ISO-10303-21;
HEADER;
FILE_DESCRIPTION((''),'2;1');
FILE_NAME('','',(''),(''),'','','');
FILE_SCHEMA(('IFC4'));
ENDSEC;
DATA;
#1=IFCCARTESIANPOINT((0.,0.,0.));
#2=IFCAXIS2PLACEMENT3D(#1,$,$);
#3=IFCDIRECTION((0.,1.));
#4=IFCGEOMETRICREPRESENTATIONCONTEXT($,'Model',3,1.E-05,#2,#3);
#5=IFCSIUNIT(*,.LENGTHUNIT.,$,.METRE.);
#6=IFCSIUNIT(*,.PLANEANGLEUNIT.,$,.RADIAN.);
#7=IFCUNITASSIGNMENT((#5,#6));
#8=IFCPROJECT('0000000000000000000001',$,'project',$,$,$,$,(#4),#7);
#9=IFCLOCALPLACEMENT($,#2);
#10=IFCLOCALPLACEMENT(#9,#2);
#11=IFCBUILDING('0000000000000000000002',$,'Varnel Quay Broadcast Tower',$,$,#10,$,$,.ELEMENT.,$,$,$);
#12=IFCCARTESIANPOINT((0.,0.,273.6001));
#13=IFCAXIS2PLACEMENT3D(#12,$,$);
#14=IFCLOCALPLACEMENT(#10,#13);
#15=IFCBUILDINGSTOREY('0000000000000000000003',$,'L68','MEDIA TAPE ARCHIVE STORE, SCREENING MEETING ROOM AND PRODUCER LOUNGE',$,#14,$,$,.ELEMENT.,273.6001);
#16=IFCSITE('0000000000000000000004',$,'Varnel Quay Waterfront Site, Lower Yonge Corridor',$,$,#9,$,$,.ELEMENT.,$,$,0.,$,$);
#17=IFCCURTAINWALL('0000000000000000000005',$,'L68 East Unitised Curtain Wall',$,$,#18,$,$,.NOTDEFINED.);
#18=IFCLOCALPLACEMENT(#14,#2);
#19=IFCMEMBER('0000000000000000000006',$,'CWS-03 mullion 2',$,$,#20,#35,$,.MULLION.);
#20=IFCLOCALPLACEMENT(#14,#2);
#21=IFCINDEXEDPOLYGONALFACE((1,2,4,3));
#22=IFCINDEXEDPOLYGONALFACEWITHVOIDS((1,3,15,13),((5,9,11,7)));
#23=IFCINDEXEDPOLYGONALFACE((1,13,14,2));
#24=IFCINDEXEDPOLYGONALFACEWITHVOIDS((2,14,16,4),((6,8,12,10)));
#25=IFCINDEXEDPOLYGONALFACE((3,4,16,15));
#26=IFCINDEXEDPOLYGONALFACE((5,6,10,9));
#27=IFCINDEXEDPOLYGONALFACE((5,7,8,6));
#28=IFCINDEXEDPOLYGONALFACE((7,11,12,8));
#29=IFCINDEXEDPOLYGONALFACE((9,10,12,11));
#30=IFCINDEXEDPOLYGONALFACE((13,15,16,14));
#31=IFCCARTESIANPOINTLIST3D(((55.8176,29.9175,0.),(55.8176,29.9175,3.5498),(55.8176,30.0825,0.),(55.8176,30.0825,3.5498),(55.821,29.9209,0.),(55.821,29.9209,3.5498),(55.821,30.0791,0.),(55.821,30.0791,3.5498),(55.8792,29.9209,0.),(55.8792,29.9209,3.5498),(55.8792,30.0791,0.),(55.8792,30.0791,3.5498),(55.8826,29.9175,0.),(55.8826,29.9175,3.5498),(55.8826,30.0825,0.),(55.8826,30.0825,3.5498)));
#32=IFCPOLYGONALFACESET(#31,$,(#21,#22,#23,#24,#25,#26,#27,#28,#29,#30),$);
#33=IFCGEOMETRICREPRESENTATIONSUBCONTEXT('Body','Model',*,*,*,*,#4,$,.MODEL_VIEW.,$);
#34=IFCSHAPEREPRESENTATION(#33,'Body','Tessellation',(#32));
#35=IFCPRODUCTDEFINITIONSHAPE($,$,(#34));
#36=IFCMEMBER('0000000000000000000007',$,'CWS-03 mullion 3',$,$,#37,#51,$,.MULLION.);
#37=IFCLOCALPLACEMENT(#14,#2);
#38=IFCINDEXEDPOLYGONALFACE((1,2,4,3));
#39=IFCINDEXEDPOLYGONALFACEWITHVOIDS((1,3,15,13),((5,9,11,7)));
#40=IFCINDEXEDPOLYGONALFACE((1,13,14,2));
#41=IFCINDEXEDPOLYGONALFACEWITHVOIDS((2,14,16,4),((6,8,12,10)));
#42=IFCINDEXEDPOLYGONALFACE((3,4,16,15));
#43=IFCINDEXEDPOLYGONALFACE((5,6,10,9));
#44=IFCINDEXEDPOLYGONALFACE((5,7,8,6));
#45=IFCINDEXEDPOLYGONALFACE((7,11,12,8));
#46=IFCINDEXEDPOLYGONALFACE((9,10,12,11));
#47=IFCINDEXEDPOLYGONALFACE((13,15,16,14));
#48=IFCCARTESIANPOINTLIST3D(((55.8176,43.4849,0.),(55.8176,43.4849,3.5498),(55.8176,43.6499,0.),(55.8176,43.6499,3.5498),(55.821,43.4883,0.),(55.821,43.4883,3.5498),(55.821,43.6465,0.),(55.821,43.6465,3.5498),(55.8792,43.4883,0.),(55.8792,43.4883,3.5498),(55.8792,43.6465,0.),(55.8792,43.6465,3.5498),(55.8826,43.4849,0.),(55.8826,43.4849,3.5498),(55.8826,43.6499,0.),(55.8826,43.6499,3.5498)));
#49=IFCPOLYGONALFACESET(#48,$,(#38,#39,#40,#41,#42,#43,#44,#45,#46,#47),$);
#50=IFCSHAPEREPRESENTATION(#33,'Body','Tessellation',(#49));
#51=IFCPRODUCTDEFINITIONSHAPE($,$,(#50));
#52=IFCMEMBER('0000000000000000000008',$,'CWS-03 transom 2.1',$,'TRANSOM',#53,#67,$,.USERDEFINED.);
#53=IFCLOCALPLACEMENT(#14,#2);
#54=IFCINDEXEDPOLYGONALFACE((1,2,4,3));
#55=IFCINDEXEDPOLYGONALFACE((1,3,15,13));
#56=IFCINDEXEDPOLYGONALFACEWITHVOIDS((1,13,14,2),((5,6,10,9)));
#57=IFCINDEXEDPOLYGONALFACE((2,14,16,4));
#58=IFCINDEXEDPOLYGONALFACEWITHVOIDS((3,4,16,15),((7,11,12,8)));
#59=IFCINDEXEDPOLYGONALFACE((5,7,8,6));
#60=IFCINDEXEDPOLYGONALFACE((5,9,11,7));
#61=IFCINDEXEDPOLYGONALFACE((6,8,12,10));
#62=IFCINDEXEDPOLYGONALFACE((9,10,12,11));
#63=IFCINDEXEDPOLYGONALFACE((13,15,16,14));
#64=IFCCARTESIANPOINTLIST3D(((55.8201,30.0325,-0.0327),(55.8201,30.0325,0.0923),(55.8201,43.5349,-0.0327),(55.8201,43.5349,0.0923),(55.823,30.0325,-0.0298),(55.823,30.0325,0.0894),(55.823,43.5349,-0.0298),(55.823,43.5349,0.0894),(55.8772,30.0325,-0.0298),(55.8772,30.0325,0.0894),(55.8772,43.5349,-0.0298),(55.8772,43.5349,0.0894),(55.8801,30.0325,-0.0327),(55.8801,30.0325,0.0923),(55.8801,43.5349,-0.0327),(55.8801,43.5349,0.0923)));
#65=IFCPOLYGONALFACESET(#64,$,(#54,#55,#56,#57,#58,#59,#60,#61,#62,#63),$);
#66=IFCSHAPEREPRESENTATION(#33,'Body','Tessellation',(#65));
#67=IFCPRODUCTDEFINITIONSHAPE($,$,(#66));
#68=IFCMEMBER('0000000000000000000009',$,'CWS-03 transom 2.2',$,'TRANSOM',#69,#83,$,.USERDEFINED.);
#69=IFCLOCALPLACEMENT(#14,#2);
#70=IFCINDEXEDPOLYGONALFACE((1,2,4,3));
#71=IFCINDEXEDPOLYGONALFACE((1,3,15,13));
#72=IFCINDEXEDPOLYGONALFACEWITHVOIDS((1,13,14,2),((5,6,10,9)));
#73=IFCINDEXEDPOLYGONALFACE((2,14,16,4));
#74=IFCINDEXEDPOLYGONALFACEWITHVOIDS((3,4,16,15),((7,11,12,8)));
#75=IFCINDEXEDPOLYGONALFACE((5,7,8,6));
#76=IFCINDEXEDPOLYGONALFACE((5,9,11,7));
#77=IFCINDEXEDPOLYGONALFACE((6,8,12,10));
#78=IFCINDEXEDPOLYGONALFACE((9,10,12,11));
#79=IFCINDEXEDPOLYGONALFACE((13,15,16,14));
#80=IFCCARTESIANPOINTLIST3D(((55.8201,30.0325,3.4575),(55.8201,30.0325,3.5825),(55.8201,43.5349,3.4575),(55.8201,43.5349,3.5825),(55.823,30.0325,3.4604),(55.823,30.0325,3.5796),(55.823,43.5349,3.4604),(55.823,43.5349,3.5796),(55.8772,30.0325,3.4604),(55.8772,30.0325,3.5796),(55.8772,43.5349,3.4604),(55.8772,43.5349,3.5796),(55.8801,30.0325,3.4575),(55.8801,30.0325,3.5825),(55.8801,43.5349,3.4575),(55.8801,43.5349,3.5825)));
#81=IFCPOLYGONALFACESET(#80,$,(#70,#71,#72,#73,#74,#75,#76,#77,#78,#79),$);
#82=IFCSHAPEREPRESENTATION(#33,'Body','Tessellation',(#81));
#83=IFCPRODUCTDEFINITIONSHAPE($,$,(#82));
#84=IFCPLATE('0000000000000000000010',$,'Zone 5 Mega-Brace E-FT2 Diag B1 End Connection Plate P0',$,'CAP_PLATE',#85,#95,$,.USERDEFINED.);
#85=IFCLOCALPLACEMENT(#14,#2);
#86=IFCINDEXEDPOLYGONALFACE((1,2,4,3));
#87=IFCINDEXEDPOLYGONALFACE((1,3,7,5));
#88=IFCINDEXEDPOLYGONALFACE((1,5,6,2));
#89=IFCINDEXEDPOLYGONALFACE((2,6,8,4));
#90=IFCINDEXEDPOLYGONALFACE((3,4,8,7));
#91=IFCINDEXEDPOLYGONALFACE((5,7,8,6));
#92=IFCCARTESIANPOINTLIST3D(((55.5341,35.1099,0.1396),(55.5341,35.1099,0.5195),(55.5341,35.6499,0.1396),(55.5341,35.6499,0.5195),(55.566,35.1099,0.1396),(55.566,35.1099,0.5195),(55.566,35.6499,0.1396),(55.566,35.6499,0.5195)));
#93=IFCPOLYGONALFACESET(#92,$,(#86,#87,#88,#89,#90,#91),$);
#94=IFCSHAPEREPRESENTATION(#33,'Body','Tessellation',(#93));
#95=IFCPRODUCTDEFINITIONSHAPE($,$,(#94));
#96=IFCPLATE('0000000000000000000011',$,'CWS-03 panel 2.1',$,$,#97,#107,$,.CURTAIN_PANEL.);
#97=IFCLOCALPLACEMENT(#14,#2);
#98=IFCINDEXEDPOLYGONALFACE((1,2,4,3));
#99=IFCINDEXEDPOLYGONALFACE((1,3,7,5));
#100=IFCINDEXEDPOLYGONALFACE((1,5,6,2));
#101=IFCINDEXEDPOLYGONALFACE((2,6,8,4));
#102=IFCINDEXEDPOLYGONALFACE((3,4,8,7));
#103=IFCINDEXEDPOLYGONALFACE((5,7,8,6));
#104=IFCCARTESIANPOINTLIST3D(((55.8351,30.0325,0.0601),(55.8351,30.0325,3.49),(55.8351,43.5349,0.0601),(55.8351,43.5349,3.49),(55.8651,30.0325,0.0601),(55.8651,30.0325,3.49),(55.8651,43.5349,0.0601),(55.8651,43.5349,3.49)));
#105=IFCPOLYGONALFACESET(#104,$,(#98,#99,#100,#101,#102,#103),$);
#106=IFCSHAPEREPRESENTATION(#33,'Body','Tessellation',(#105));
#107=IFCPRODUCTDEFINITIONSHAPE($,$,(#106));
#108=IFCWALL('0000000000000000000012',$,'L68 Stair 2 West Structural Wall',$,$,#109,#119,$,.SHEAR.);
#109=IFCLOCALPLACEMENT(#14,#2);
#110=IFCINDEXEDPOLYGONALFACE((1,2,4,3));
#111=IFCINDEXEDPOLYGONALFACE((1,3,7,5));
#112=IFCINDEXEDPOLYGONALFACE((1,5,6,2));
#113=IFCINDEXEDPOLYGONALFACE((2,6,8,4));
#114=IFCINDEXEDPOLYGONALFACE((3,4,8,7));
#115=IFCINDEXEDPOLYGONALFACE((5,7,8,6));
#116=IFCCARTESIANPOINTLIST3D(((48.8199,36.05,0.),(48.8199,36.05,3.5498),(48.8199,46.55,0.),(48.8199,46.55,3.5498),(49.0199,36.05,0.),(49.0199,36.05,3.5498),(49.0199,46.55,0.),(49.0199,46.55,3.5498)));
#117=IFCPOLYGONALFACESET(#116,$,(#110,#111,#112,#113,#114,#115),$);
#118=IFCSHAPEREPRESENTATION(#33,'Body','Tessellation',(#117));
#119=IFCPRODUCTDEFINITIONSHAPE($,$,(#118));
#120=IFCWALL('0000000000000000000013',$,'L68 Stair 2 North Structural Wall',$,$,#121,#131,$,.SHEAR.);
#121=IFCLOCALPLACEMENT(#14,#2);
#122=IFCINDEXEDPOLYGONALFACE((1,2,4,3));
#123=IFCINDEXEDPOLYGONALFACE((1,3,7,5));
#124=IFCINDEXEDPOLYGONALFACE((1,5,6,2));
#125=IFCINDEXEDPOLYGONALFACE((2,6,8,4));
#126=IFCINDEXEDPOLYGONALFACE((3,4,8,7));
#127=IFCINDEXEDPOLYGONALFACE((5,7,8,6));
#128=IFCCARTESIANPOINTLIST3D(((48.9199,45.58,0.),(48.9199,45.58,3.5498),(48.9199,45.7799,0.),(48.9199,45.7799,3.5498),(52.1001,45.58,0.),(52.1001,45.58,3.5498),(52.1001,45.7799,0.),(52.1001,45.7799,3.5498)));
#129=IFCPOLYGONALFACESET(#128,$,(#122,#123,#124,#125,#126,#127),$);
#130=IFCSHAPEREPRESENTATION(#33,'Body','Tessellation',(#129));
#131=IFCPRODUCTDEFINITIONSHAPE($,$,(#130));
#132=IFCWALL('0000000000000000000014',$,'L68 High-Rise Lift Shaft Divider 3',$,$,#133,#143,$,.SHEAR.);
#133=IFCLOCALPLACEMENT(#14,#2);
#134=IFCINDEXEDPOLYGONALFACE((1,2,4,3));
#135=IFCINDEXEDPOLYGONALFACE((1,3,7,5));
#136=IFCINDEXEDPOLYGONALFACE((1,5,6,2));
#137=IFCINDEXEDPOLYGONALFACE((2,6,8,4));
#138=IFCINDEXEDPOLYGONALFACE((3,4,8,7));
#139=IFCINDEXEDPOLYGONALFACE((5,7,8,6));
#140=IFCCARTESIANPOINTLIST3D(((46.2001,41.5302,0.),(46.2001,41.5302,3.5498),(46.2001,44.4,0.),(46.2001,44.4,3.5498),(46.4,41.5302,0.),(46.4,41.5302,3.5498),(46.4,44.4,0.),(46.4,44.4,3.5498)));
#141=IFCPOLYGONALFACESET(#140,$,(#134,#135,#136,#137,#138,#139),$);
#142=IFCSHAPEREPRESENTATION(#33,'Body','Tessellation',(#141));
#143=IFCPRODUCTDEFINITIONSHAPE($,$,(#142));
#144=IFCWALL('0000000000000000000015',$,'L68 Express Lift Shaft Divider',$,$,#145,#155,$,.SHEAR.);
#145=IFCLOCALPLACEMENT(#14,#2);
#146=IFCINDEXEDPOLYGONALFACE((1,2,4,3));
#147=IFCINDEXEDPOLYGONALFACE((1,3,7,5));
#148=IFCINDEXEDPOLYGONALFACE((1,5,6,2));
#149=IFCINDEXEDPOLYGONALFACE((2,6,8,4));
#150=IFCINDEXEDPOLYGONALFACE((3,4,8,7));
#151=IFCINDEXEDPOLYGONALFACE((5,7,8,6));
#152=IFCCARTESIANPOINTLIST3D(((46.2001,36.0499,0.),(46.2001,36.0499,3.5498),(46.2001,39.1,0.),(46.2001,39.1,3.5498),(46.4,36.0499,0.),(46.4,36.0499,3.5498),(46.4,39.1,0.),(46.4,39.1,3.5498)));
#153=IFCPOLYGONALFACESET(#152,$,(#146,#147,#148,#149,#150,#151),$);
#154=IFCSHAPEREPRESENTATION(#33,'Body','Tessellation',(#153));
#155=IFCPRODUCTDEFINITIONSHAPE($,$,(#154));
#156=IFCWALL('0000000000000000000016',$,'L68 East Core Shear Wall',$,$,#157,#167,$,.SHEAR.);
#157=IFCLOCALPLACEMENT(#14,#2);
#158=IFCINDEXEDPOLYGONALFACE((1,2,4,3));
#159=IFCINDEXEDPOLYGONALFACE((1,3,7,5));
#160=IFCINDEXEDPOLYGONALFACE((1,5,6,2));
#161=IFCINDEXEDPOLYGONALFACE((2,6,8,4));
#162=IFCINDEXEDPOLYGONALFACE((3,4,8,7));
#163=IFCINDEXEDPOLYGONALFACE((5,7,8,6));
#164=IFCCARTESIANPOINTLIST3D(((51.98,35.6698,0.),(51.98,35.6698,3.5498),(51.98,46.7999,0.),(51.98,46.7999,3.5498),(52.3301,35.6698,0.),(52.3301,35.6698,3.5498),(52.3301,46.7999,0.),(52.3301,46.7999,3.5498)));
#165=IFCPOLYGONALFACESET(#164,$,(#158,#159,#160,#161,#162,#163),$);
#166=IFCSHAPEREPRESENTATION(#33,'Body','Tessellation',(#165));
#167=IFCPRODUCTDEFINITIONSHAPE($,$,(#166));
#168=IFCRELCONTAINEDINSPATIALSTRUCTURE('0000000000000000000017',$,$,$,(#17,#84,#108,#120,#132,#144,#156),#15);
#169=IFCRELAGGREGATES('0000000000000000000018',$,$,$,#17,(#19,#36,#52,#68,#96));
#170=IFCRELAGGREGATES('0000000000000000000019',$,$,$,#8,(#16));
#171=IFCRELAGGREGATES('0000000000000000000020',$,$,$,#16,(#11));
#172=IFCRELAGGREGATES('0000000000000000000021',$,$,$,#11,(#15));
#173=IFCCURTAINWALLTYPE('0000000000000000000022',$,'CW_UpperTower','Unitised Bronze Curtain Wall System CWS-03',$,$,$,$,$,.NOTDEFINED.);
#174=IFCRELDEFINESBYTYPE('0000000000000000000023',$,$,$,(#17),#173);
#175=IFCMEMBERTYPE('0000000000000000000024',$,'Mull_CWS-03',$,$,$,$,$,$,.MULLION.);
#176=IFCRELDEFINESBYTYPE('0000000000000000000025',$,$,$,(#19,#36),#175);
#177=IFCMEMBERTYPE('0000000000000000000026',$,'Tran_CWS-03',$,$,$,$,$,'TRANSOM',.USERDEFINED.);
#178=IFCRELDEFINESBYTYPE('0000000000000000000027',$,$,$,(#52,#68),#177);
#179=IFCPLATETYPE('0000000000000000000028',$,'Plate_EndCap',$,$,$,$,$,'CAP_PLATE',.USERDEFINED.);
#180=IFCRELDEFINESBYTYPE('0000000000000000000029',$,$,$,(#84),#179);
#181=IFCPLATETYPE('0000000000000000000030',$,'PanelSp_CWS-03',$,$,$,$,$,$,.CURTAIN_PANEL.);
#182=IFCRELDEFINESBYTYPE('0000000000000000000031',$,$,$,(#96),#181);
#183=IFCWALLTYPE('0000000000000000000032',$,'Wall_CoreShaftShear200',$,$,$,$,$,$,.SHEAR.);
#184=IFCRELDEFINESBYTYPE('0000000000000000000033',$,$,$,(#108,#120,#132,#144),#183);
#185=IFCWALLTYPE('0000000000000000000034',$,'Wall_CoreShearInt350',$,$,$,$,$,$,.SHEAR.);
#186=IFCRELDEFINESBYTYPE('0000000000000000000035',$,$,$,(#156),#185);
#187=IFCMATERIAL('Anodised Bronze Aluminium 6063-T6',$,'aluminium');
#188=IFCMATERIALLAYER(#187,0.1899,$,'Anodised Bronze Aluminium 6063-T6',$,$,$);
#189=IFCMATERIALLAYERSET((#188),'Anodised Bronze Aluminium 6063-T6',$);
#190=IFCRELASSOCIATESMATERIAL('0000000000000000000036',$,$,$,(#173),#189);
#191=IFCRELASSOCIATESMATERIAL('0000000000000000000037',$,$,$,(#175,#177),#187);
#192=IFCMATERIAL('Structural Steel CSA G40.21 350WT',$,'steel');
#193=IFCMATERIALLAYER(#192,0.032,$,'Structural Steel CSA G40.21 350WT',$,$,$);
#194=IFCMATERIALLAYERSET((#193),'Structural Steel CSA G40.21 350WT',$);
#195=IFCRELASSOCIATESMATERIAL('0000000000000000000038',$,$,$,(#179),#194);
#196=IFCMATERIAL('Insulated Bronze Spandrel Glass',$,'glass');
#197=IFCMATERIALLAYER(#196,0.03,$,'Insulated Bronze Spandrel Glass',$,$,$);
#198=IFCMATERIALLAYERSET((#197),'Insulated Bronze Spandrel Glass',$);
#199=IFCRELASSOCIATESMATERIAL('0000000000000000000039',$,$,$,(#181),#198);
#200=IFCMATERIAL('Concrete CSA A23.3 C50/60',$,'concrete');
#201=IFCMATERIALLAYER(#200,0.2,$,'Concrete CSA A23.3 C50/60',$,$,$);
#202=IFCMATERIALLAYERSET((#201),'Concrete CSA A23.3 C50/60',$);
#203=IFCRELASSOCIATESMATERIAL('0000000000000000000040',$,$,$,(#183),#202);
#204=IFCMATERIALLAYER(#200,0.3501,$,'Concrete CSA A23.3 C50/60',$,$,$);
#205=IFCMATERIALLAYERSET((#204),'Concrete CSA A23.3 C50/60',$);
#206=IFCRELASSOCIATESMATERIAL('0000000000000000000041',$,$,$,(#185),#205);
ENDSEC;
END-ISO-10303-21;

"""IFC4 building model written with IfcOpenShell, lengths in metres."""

from ifc_helpers import new_model, si_unit, direction, frame, frame_2d, origin, origin_2d, place, context, subcontext, project, spatial, rectangle, hollow_rectangle, extrude, source, transform, mapped, material, layer, layer_set, material_profile, profile_set, type_object, type_shapes, element, aggregate, save


model = new_model("IFC4")

# Units and contexts
model_context = context("Model", 3, precision=1e-05, world=origin(), true_north=direction((0.0, 1.0)))
body_context = subcontext(model_context, "Body", "Model", "MODEL_VIEW")
ifc_project = project(units=[si_unit("LENGTHUNIT", "METRE"), si_unit("PLANEANGLEUNIT", "RADIAN")], contexts=[model_context])

# Site, building, storey
site_placement = place(None, origin())
site = spatial("IfcSite", under=ifc_project, at=site_placement, Name="Varnel Quay Waterfront Site, Lower Yonge Corridor", CompositionType="ELEMENT", RefElevation=0.0)
building_placement = place(site_placement, origin())
building = spatial("IfcBuilding", under=site, at=building_placement, Name="Varnel Quay Broadcast Tower", CompositionType="ELEMENT")
storey_placement = place(building_placement, frame((0.0, 0.0, 273.6001)))
storey = spatial("IfcBuildingStorey", under=building, at=storey_placement, Name="L68", Description="MEDIA TAPE ARCHIVE STORE, SCREENING MEETING ROOM AND PRODUCER LOUNGE", CompositionType="ELEMENT", Elevation=273.6001)

# Shared definitions
ifc_material_1 = material(Name="Structural Steel CSA G40.21 350WT", Category="steel")

# Curtain wall, members
ifc_material_2 = material(Name="Anodised Bronze Aluminium 6063-T6", Category="aluminium")
ifc_layer_1 = layer(ifc_material_2, 0.1899, Name="Anodised Bronze Aluminium 6063-T6")
ifc_layer_set_1 = layer_set([ifc_layer_1], Name="Anodised Bronze Aluminium 6063-T6")
curtain_wall_type = type_object("IfcCurtainWallType", Name="CW_UpperTower", Description="Unitised Bronze Curtain Wall System CWS-03", PredefinedType="NOTDEFINED", material=ifc_layer_set_1)
curtain_wall_placement = place(storey_placement, origin())
curtain_wall = element("IfcCurtainWall", 1, at=curtain_wall_placement, inside=storey, type_object=curtain_wall_type, Name="L68 East Unitised Curtain Wall", PredefinedType="NOTDEFINED")
ifc_material_profile_1 = material_profile(ifc_material_2, hollow_rectangle(XDim=0.0649, YDim=0.165, WallThickness=0.0034, at=origin_2d()), Name="ALU65X165X3.5")
ifc_profile_set_1 = profile_set([ifc_material_profile_1], Name="Anodised Bronze Aluminium 6063-T6")
member_type_1 = type_object("IfcMemberType", Name="Mull_CWS-03", PredefinedType="MULLION", material=ifc_profile_set_1)
shared_shape_1 = source(origin(), body_context, "Body", "SweptSolid", [
    extrude(hollow_rectangle(XDim=0.0649, YDim=0.165, WallThickness=0.0034, at=origin_2d()), origin(), (0.0, 0.0, 1.0), 3.5498),
])
type_shapes(member_type_1, [shared_shape_1])
member_1_placement = place(storey_placement, frame((55.8501, 30.0, 0.0), z_axis=(0.0, 0.0, 1.0), x_axis=(-1.0, 0.0, 0.0)))
member_1 = element("IfcMember", 2, at=member_1_placement, type_object=member_type_1, Name="CWS-03 mullion 2", PredefinedType="MULLION", context=body_context, shape_type="MappedRepresentation", body=[
    mapped(shared_shape_1, transform((0.0, 0.0, 0.0), x_axis=(1.0, 0.0, 0.0), y_axis=(0.0, 1.0, 0.0), z_axis=(0.0, 0.0, 1.0), scale=1.0)),
])
member_2_placement = place(storey_placement, frame((55.8501, 43.5674, 0.0), z_axis=(0.0, 0.0, 1.0), x_axis=(-1.0, 0.0, 0.0)))
member_2 = element("IfcMember", 3, at=member_2_placement, type_object=member_type_1, Name="CWS-03 mullion 3", PredefinedType="MULLION", context=body_context, shape_type="MappedRepresentation", body=[
    mapped(shared_shape_1, transform((0.0, 0.0, 0.0), x_axis=(1.0, 0.0, 0.0), y_axis=(0.0, 1.0, 0.0), z_axis=(0.0, 0.0, 1.0), scale=1.0)),
])
ifc_material_profile_2 = material_profile(ifc_material_2, hollow_rectangle(XDim=0.0601, YDim=0.125, WallThickness=0.0029, at=origin_2d()), Name="ALU60X125X3")
ifc_profile_set_2 = profile_set([ifc_material_profile_2], Name="Anodised Bronze Aluminium 6063-T6")
member_type_2 = type_object("IfcMemberType", Name="Tran_CWS-03", ElementType="TRANSOM", PredefinedType="USERDEFINED", material=ifc_profile_set_2)
shared_shape_2 = source(origin(), body_context, "Body", "SweptSolid", [
    extrude(hollow_rectangle(XDim=0.0601, YDim=0.125, WallThickness=0.0029, at=origin_2d()), origin(), (0.0, 0.0, 1.0), 13.5024),
])
type_shapes(member_type_2, [shared_shape_2])
member_3_placement = place(storey_placement, frame((55.8501, 30.0325, 0.0298), z_axis=(0.0, 1.0, 0.0), x_axis=(-1.0, 0.0, 0.0)))
member_3 = element("IfcMember", 4, at=member_3_placement, type_object=member_type_2, Name="CWS-03 transom 2.1", ObjectType="TRANSOM", PredefinedType="USERDEFINED", context=body_context, shape_type="MappedRepresentation", body=[
    mapped(shared_shape_2, transform((0.0, 0.0, 0.0), x_axis=(1.0, 0.0, 0.0), y_axis=(0.0, 1.0, 0.0), z_axis=(0.0, 0.0, 1.0), scale=1.0)),
])
member_4_placement = place(storey_placement, frame((55.8501, 30.0325, 3.52), z_axis=(0.0, 1.0, 0.0), x_axis=(-1.0, 0.0, 0.0)))
member_4 = element("IfcMember", 5, at=member_4_placement, type_object=member_type_2, Name="CWS-03 transom 2.2", ObjectType="TRANSOM", PredefinedType="USERDEFINED", context=body_context, shape_type="MappedRepresentation", body=[
    mapped(shared_shape_2, transform((0.0, 0.0, 0.0), x_axis=(1.0, 0.0, 0.0), y_axis=(0.0, 1.0, 0.0), z_axis=(0.0, 0.0, 1.0), scale=1.0)),
])

# Plates
ifc_layer_2 = layer(ifc_material_1, 0.032, Name="Structural Steel CSA G40.21 350WT")
ifc_layer_set_2 = layer_set([ifc_layer_2], Name="Structural Steel CSA G40.21 350WT")
plate_type_1 = type_object("IfcPlateType", Name="Plate_EndCap", ElementType="CAP_PLATE", PredefinedType="USERDEFINED", material=ifc_layer_set_2)
shared_shape_3 = source(origin(), body_context, "Body", "SweptSolid", [
    extrude(rectangle(XDim=0.54, YDim=0.032, at=origin_2d()), origin(), (0.0, 0.0, 1.0), 0.3799),
])
type_shapes(plate_type_1, [shared_shape_3])
plate_1_placement = place(storey_placement, frame((55.55, 35.3799, 0.1396), z_axis=(0.0, 0.0, 1.0), x_axis=(0.0, 1.0, 0.0)))
element("IfcPlate", 6, at=plate_1_placement, inside=storey, type_object=plate_type_1, Name="Zone 5 Mega-Brace E-FT2 Diag B1 End Connection Plate P0", ObjectType="CAP_PLATE", PredefinedType="USERDEFINED", context=body_context, shape_type="MappedRepresentation", body=[
    mapped(shared_shape_3, transform((0.0, 0.0, 0.0), x_axis=(1.0, 0.0, 0.0), y_axis=(0.0, 1.0, 0.0), z_axis=(0.0, 0.0, 1.0), scale=1.0)),
])
ifc_material_3 = material(Name="Insulated Bronze Spandrel Glass", Category="glass")
ifc_layer_3 = layer(ifc_material_3, 0.03, Name="Insulated Bronze Spandrel Glass")
ifc_layer_set_3 = layer_set([ifc_layer_3], Name="Insulated Bronze Spandrel Glass")
plate_type_2 = type_object("IfcPlateType", Name="PanelSp_CWS-03", PredefinedType="CURTAIN_PANEL", material=ifc_layer_set_3)
shared_shape_4 = source(origin(), body_context, "Body", "SweptSolid", [
    extrude(rectangle(XDim=13.5024, YDim=0.03, at=origin_2d()), origin(), (0.0, 0.0, 1.0), 3.4299),
])
type_shapes(plate_type_2, [shared_shape_4])
plate_2_placement = place(storey_placement, frame((55.8501, 36.7837, 0.0601), z_axis=(0.0, 0.0, 1.0), x_axis=(0.0, 1.0, 0.0)))
plate_2 = element("IfcPlate", 7, at=plate_2_placement, type_object=plate_type_2, Name="CWS-03 panel 2.1", PredefinedType="CURTAIN_PANEL", context=body_context, shape_type="MappedRepresentation", body=[
    mapped(shared_shape_4, transform((0.0, 0.0, 0.0), x_axis=(1.0, 0.0, 0.0), y_axis=(0.0, 1.0, 0.0), z_axis=(0.0, 0.0, 1.0), scale=1.0)),
])
aggregate(curtain_wall, [member_1, member_2, member_3, member_4, plate_2])

# Walls
ifc_material_4 = material(Name="Concrete CSA A23.3 C50/60", Category="concrete")
ifc_layer_4 = layer(ifc_material_4, 0.2, Name="Concrete CSA A23.3 C50/60")
ifc_layer_set_4 = layer_set([ifc_layer_4], Name="Concrete CSA A23.3 C50/60")
wall_type_1 = type_object("IfcWallType", Name="Wall_CoreShaftShear200", PredefinedType="SHEAR", material=ifc_layer_set_4)
wall_1_placement = place(storey_placement, frame((48.9199, 36.05, 0.0), z_axis=(0.0, 0.0, 1.0), x_axis=(0.0, 1.0, 0.0)))
element("IfcWall", 8, at=wall_1_placement, inside=storey, type_object=wall_type_1, Name="L68 Stair 2 West Structural Wall", PredefinedType="SHEAR", context=body_context, shape_type="SweptSolid", body=[
    extrude(rectangle(XDim=10.5, YDim=0.2, at=frame_2d((5.25, 0.0))), origin(), (0.0, 0.0, 1.0), 3.5498),
])
wall_2_placement = place(storey_placement, frame((48.9199, 45.6799, 0.0), z_axis=(0.0, 0.0, 1.0), x_axis=(1.0, 0.0, 0.0)))
element("IfcWall", 9, at=wall_2_placement, inside=storey, type_object=wall_type_1, Name="L68 Stair 2 North Structural Wall", PredefinedType="SHEAR", context=body_context, shape_type="SweptSolid", body=[
    extrude(rectangle(XDim=3.1802, YDim=0.2, at=frame_2d((1.5901, 0.0))), origin(), (0.0, 0.0, 1.0), 3.5498),
])
wall_3_placement = place(storey_placement, frame((46.3, 41.53, 0.0), z_axis=(0.0, 0.0, 1.0), x_axis=(0.0, 1.0, 0.0)))
element("IfcWall", 10, at=wall_3_placement, inside=storey, type_object=wall_type_1, Name="L68 High-Rise Lift Shaft Divider 3", PredefinedType="SHEAR", context=body_context, shape_type="SweptSolid", body=[
    extrude(rectangle(XDim=2.8699, YDim=0.2, at=frame_2d((1.4351, 0.0))), origin(), (0.0, 0.0, 1.0), 3.5498),
])
wall_4_placement = place(storey_placement, frame((46.3, 36.05, 0.0), z_axis=(0.0, 0.0, 1.0), x_axis=(0.0, 1.0, 0.0)))
element("IfcWall", 11, at=wall_4_placement, inside=storey, type_object=wall_type_1, Name="L68 Express Lift Shaft Divider", PredefinedType="SHEAR", context=body_context, shape_type="SweptSolid", body=[
    extrude(rectangle(XDim=3.05, YDim=0.2, at=frame_2d((1.5249, 0.0))), origin(), (0.0, 0.0, 1.0), 3.5498),
])
ifc_layer_5 = layer(ifc_material_4, 0.3501, Name="Concrete CSA A23.3 C50/60")
ifc_layer_set_5 = layer_set([ifc_layer_5], Name="Concrete CSA A23.3 C50/60")
wall_type_2 = type_object("IfcWallType", Name="Wall_CoreShearInt350", PredefinedType="SHEAR", material=ifc_layer_set_5)
wall_5_placement = place(storey_placement, frame((52.155, 35.6699, 0.0), z_axis=(0.0, 0.0, 1.0), x_axis=(0.0, 1.0, 0.0)))
element("IfcWall", 12, at=wall_5_placement, inside=storey, type_object=wall_type_2, Name="L68 East Core Shear Wall", PredefinedType="SHEAR", context=body_context, shape_type="SweptSolid", body=[
    extrude(rectangle(XDim=11.1301, YDim=0.3501, at=frame_2d((5.5649, 0.0))), origin(), (0.0, 0.0, 1.0), 3.5498),
])

save(model, "model.ifc")
